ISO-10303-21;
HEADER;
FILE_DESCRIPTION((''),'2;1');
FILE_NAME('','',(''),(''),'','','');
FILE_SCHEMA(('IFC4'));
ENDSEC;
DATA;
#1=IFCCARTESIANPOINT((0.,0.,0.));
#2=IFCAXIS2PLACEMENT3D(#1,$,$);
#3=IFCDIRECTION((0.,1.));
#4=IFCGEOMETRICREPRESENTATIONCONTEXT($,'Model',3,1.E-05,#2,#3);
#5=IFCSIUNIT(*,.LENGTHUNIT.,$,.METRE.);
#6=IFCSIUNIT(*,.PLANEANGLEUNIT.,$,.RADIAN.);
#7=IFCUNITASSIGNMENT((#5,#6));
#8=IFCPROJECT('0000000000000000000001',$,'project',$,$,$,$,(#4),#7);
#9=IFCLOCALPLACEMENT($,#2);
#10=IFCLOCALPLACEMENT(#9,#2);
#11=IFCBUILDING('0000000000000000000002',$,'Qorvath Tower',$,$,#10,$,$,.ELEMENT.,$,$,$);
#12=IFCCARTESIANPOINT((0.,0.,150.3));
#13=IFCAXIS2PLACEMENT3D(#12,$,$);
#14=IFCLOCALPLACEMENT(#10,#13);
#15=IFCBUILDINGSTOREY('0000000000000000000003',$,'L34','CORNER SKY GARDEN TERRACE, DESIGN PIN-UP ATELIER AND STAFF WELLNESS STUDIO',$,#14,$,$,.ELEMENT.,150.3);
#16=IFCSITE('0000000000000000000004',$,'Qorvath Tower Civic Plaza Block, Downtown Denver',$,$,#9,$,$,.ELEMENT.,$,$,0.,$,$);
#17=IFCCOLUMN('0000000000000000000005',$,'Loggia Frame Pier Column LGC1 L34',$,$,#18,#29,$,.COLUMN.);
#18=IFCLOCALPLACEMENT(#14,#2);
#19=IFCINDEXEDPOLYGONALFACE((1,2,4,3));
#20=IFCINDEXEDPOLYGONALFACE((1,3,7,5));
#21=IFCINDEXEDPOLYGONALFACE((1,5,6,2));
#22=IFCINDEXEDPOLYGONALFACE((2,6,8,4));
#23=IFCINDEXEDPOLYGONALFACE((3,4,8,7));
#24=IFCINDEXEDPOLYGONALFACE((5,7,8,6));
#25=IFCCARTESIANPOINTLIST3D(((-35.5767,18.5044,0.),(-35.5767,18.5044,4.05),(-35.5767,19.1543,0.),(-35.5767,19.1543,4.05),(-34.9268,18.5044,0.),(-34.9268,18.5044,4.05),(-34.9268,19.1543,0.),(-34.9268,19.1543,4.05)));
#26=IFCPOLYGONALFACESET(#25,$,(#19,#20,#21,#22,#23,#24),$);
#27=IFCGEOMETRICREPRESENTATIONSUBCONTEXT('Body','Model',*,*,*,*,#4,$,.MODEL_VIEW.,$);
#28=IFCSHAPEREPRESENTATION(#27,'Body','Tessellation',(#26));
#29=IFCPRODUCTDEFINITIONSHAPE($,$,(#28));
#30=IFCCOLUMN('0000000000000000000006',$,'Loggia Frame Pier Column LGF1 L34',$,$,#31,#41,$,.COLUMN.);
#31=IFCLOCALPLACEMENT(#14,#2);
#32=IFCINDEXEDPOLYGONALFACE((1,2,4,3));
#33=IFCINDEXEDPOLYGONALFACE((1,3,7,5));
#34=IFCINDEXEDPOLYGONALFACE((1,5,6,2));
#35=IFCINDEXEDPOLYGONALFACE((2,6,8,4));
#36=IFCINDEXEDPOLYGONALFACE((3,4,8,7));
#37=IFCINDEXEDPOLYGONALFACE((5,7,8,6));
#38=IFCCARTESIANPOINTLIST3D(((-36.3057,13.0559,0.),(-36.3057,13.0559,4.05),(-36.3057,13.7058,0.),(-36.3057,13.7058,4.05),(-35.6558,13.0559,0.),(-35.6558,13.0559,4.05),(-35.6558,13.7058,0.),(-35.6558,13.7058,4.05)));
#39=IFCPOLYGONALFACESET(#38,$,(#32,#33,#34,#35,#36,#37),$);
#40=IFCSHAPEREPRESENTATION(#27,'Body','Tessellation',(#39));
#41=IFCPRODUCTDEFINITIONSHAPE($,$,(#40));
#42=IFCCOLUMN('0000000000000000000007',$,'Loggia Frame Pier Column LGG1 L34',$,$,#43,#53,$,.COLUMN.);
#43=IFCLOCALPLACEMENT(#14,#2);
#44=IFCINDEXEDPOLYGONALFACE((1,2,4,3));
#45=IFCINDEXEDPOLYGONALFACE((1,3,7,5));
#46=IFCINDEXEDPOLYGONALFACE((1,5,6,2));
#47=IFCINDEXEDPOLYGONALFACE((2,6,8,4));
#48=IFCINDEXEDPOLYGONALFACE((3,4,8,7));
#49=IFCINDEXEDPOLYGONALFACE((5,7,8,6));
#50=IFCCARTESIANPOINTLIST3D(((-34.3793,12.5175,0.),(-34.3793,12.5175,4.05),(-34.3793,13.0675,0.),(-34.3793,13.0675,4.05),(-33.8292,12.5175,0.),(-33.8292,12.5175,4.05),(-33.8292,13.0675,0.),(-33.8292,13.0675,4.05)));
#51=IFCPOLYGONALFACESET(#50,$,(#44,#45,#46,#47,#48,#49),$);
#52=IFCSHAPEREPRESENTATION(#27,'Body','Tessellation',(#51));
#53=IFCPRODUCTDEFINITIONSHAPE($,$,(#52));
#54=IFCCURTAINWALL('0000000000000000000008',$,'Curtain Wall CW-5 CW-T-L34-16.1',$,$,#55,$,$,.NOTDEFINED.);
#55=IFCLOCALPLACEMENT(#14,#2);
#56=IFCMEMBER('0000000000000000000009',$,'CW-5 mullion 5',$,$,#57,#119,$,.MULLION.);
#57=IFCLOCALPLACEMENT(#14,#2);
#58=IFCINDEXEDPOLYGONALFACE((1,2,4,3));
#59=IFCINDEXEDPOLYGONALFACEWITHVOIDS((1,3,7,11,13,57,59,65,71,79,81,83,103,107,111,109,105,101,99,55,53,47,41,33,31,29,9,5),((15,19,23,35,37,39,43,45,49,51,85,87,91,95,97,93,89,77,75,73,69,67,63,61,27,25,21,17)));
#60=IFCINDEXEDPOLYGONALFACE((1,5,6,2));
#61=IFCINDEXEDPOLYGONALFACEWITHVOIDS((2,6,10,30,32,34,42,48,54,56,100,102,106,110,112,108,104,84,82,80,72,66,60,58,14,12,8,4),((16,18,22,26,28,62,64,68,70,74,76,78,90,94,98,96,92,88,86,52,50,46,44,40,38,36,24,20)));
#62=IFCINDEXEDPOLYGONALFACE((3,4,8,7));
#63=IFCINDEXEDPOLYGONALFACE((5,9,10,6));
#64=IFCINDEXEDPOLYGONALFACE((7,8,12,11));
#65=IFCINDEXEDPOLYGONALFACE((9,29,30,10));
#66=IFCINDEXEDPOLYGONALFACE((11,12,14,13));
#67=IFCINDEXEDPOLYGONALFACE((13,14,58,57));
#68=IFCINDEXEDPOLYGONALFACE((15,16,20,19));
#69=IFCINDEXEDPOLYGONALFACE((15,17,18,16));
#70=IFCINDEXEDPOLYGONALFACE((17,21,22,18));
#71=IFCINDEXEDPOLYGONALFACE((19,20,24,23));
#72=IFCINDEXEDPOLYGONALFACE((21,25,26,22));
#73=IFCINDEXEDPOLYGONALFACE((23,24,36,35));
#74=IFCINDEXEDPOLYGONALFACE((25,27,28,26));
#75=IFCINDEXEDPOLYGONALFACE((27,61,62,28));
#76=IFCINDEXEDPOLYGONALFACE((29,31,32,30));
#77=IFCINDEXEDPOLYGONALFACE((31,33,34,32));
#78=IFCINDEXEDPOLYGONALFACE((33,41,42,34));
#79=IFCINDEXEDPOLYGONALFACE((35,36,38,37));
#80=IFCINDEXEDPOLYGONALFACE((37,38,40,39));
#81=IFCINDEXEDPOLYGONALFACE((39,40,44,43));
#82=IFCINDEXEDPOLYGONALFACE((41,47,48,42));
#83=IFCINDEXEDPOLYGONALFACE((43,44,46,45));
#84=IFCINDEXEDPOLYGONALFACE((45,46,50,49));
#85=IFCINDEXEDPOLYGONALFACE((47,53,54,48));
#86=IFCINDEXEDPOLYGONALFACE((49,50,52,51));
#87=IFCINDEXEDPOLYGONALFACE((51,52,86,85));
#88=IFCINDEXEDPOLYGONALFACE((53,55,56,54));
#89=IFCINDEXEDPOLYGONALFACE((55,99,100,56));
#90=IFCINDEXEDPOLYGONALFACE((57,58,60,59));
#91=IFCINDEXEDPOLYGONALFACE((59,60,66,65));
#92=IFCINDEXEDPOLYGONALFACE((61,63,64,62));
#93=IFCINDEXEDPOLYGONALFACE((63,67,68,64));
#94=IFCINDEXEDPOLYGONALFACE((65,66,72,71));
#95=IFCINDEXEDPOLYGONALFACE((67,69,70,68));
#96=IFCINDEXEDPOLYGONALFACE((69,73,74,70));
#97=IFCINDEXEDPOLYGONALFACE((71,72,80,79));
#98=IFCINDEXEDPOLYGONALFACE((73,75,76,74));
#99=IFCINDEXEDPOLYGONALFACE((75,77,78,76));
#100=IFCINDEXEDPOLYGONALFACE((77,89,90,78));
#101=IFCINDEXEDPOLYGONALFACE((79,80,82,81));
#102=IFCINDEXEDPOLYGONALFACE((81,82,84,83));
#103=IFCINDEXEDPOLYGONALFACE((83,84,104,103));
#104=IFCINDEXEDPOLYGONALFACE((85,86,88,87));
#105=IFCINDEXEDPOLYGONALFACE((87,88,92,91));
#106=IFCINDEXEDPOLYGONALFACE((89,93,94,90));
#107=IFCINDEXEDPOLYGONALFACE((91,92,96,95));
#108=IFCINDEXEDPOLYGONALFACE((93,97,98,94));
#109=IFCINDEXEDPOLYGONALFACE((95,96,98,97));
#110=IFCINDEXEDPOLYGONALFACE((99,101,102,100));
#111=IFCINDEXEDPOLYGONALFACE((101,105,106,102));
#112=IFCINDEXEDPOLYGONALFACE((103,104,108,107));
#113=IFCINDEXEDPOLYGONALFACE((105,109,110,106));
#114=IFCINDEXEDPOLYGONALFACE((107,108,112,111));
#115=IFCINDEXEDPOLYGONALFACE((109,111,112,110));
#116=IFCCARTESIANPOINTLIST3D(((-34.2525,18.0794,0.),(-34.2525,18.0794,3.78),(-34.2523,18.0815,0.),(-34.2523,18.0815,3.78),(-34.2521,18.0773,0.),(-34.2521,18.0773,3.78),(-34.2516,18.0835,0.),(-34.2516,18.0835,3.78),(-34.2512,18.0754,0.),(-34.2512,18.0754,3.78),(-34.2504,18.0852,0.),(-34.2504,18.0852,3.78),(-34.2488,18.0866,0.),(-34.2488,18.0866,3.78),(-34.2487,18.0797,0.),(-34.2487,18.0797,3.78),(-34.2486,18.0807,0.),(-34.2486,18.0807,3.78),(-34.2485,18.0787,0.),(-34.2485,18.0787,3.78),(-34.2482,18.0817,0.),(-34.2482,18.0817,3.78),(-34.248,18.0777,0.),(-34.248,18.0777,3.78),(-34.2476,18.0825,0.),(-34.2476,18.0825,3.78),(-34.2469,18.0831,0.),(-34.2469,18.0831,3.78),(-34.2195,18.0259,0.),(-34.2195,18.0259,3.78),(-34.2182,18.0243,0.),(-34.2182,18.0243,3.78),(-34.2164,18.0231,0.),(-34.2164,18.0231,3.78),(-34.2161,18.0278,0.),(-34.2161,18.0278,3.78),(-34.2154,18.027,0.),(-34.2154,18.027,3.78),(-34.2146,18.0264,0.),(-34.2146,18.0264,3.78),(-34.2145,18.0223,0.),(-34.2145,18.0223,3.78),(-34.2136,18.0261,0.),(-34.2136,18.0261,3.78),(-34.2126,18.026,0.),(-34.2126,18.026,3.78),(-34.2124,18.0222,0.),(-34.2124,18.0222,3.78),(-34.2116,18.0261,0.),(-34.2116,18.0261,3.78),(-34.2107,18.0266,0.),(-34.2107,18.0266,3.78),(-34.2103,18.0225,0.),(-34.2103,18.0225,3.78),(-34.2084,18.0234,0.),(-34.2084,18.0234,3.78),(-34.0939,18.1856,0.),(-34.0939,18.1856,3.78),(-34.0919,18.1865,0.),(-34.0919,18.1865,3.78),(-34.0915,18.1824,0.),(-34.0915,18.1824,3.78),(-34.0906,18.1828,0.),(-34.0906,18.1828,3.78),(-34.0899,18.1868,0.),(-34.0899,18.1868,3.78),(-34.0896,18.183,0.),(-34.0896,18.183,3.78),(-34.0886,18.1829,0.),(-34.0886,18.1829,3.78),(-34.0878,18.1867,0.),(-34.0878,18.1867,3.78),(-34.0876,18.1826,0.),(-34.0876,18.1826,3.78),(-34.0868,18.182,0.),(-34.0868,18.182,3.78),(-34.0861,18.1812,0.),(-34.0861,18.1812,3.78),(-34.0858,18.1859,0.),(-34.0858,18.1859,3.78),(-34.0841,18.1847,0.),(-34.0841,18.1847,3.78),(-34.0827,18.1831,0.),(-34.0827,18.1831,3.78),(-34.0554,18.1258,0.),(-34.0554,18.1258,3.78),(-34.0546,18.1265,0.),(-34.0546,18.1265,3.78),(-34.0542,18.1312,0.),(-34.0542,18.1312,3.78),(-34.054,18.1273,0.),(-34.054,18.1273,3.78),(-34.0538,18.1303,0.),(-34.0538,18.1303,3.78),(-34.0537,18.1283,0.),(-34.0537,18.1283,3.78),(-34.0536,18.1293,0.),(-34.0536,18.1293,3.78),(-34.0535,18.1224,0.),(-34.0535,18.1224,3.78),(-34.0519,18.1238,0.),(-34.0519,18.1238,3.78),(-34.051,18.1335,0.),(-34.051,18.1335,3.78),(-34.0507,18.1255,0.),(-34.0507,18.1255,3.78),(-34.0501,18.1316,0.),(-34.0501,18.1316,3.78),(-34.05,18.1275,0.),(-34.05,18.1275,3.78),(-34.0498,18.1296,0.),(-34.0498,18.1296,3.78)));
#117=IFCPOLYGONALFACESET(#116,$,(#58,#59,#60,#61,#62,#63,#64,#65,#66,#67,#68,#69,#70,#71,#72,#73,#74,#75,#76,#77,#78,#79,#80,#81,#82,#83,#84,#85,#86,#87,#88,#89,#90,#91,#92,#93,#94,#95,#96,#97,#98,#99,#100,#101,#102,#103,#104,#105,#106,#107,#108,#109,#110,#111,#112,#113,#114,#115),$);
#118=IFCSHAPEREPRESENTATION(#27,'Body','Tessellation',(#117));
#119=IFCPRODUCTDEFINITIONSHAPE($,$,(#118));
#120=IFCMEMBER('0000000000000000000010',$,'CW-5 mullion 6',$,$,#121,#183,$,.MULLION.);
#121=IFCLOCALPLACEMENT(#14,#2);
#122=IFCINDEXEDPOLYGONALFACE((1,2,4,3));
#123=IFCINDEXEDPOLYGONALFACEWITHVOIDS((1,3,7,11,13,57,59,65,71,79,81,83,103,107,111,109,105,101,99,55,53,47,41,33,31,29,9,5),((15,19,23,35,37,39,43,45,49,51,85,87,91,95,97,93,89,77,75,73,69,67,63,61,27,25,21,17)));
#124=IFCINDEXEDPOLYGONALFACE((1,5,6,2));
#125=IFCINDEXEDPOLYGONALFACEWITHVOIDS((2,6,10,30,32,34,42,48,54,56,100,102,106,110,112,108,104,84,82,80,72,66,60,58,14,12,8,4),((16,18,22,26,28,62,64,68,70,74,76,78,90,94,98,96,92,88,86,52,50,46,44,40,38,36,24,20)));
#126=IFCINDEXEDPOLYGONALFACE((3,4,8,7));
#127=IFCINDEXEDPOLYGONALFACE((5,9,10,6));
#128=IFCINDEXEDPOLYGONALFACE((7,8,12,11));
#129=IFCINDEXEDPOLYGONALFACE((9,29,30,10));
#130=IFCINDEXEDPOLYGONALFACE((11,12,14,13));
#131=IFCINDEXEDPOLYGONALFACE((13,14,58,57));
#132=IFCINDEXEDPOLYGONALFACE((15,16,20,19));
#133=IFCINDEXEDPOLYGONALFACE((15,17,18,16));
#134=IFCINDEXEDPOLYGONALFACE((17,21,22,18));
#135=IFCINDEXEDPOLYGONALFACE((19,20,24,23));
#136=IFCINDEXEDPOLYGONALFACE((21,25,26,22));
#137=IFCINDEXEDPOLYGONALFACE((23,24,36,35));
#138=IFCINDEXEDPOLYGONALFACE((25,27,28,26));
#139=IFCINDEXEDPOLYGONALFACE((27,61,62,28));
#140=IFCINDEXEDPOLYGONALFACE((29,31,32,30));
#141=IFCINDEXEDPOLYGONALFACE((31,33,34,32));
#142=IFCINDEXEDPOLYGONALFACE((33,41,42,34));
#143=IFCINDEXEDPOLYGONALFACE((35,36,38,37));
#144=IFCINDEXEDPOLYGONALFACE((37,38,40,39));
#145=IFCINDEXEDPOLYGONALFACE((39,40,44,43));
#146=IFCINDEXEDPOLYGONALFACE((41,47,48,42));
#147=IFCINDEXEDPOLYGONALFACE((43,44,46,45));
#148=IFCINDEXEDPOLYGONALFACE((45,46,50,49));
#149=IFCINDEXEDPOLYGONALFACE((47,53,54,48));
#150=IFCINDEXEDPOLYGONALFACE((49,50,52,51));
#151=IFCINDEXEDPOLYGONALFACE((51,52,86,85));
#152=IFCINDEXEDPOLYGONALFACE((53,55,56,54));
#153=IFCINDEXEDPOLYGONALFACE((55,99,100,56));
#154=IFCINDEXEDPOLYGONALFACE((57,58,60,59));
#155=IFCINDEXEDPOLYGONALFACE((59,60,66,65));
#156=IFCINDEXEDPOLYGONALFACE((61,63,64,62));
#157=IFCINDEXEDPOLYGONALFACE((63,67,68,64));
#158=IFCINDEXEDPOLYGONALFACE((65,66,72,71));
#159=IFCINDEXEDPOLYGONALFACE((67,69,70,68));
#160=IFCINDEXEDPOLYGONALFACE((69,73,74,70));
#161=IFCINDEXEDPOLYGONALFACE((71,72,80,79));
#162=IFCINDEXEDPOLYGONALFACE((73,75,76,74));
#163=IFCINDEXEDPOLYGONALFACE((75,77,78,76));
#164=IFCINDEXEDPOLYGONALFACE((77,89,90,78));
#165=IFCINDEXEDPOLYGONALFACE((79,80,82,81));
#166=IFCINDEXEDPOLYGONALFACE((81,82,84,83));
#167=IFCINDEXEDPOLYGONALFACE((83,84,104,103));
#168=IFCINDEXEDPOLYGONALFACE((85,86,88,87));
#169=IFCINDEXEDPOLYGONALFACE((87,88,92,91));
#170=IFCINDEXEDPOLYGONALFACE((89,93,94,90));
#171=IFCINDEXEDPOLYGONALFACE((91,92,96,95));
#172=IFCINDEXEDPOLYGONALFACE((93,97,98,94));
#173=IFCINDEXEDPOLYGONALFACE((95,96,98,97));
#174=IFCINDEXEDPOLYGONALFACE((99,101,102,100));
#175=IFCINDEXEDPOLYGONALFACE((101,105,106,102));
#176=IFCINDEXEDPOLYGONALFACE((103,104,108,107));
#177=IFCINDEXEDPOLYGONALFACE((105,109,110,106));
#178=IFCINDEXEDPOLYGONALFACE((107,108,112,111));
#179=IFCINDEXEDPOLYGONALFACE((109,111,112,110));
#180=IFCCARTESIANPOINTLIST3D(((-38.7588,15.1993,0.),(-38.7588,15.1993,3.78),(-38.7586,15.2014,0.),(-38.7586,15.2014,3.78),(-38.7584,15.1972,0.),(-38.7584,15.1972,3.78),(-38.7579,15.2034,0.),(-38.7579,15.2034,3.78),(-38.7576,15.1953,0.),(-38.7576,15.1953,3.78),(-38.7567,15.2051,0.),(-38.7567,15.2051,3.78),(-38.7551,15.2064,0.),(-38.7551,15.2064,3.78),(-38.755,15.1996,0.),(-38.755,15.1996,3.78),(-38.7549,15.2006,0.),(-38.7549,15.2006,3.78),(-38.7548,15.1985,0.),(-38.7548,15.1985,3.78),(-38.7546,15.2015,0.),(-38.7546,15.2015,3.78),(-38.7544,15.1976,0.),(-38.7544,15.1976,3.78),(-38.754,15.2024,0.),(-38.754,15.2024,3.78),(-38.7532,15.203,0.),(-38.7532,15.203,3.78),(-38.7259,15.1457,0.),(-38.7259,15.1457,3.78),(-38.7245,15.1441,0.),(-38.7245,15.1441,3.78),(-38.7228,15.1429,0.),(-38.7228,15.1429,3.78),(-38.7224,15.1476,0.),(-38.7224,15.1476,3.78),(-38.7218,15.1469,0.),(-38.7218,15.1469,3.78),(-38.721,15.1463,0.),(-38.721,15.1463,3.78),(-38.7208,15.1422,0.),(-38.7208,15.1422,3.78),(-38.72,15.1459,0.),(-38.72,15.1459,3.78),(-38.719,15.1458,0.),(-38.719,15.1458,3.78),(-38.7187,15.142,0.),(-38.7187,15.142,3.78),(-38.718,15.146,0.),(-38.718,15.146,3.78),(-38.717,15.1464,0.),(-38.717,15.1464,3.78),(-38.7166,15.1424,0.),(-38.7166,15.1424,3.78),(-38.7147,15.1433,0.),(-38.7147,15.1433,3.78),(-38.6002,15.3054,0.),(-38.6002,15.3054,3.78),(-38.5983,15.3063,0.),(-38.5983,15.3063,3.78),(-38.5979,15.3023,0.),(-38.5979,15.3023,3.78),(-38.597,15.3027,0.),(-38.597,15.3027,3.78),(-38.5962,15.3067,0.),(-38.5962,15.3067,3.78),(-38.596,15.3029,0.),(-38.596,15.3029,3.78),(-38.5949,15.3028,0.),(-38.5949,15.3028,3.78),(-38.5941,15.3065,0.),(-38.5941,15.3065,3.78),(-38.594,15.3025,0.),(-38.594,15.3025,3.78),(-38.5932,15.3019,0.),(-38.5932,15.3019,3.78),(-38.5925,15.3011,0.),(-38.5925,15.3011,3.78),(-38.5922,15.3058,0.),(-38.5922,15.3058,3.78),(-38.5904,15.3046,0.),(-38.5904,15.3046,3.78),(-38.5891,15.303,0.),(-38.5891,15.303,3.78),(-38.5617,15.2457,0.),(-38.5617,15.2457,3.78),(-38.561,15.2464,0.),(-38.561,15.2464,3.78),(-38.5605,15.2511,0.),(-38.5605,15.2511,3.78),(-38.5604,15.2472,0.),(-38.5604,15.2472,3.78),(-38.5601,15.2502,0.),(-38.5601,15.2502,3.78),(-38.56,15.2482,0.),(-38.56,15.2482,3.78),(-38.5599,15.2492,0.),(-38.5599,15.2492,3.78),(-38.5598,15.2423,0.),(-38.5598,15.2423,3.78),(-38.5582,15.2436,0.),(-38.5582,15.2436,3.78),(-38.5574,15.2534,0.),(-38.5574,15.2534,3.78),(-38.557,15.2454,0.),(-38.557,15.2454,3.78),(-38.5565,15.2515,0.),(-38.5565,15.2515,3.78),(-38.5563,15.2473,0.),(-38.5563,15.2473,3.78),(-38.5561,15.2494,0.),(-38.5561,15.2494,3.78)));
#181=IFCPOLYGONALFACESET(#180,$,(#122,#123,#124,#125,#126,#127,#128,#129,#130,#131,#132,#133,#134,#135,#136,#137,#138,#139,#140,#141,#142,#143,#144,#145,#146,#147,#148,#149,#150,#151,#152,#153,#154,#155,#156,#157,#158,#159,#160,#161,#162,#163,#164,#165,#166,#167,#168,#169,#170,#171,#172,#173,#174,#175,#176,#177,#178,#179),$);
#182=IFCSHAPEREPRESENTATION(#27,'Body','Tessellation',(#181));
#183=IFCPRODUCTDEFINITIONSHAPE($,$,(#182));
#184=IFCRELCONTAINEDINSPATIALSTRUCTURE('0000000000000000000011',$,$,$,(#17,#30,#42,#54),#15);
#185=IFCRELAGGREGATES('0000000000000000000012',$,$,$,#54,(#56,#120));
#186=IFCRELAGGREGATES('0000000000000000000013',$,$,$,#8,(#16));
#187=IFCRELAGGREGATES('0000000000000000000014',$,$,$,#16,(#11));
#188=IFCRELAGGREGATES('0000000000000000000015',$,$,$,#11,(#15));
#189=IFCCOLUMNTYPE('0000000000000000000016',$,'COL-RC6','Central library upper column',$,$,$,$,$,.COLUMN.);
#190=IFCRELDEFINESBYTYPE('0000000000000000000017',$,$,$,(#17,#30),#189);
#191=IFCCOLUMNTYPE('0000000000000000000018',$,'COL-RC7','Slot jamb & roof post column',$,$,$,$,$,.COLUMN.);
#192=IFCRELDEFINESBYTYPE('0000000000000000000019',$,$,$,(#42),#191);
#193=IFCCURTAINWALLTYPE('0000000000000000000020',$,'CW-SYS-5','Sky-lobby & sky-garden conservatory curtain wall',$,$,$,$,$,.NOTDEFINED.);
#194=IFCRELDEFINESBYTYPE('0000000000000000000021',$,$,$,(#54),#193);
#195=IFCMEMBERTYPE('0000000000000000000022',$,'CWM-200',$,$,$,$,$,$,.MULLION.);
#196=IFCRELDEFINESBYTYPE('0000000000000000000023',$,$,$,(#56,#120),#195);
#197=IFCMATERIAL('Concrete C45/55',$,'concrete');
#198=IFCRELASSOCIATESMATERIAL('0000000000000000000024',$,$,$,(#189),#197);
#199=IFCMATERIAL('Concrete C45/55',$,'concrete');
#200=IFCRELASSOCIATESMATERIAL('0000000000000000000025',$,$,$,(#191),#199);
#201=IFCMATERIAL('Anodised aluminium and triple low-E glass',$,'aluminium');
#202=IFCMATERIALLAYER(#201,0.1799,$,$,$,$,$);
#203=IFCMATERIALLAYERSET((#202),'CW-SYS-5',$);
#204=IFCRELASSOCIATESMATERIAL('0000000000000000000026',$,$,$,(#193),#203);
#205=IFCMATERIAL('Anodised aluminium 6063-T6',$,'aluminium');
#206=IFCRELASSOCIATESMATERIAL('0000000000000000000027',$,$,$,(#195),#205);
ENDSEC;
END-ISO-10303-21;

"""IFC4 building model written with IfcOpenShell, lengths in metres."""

from ifc_helpers import new_model, si_unit, direction, frame, origin, origin_2d, place, context, subcontext, project, spatial, rectangle, hollow_rectangle, extrude, material, layer, layer_set, material_profile, profile_set, type_object, element, aggregate, save


model = new_model("IFC4")

# Units and contexts
model_context = context("Model", 3, precision=1e-05, world=origin(), true_north=direction((0.0, 1.0)))
body_context = subcontext(model_context, "Body", "Model", "MODEL_VIEW")
ifc_project = project(units=[si_unit("LENGTHUNIT", "METRE"), si_unit("PLANEANGLEUNIT", "RADIAN")], contexts=[model_context])

# Site, building, storey
site_placement = place(None, origin())
site = spatial("IfcSite", under=ifc_project, at=site_placement, Name="Qorvath Tower Civic Plaza Block, Downtown Denver", CompositionType="ELEMENT", RefElevation=0.0)
building_placement = place(site_placement, origin())
building = spatial("IfcBuilding", under=site, at=building_placement, Name="Qorvath Tower", CompositionType="ELEMENT")
storey_placement = place(building_placement, frame((0.0, 0.0, 150.3)))
storey = spatial("IfcBuildingStorey", under=building, at=storey_placement, Name="L34", Description="CORNER SKY GARDEN TERRACE, DESIGN PIN-UP ATELIER AND STAFF WELLNESS STUDIO", CompositionType="ELEMENT", Elevation=150.3)

# Columns
ifc_material_1 = material(Name="Concrete C45/55", Category="concrete")
ifc_material_profile_1 = material_profile(ifc_material_1, rectangle(XDim=0.6499, YDim=0.6499, at=origin_2d()), Name="RC 650x650")
ifc_profile_set_1 = profile_set([ifc_material_profile_1], Name="Concrete C45/55")
column_type_1 = type_object("IfcColumnType", Name="COL-RC6", Description="Central library upper column", PredefinedType="COLUMN", material=ifc_profile_set_1)
for number, where, z_axis, x_axis, name in (
    (1, (-35.2517, 18.8293, 0.0), (0.0, 0.0, 1.0), (1.0, 0.0, 0.0), "Loggia Frame Pier Column LGC1 L34"),
    (2, (-35.9807, 13.3809, 0.0), (0.0, 0.0, 1.0), (1.0, 0.0, 0.0), "Loggia Frame Pier Column LGF1 L34"),
):
    element("IfcColumn", number, at=place(storey_placement, frame(where, z_axis=z_axis, x_axis=x_axis)), inside=storey, type_object=column_type_1, Name=name, PredefinedType="COLUMN", context=body_context, shape_type="SweptSolid", body=[
        extrude(rectangle(XDim=0.6499, YDim=0.6499, at=origin_2d()), origin(), (0.0, 0.0, 1.0), 4.05),
    ])
ifc_material_2 = material(Name="Concrete C45/55", Category="concrete")
ifc_material_profile_2 = material_profile(ifc_material_2, rectangle(XDim=0.55, YDim=0.55, at=origin_2d()), Name="RC 550x550")
ifc_profile_set_2 = profile_set([ifc_material_profile_2], Name="Concrete C45/55")
column_type_2 = type_object("IfcColumnType", Name="COL-RC7", Description="Slot jamb & roof post column", PredefinedType="COLUMN", material=ifc_profile_set_2)
column_placement = place(storey_placement, frame((-34.1042, 12.7925, 0.0), z_axis=(0.0, 0.0, 1.0), x_axis=(1.0, 0.0, 0.0)))
element("IfcColumn", 3, at=column_placement, inside=storey, type_object=column_type_2, Name="Loggia Frame Pier Column LGG1 L34", PredefinedType="COLUMN", context=body_context, shape_type="SweptSolid", body=[
    extrude(rectangle(XDim=0.55, YDim=0.55, at=origin_2d()), origin(), (0.0, 0.0, 1.0), 4.05),
])

# Curtain wall, members
ifc_material_3 = material(Name="Anodised aluminium and triple low-E glass", Category="aluminium")
ifc_layer_1 = layer(ifc_material_3, 0.1799)
ifc_layer_set_1 = layer_set([ifc_layer_1], Name="CW-SYS-5")
curtain_wall_type = type_object("IfcCurtainWallType", Name="CW-SYS-5", Description="Sky-lobby & sky-garden conservatory curtain wall", PredefinedType="NOTDEFINED", material=ifc_layer_set_1)
curtain_wall_placement = place(storey_placement, origin())
curtain_wall = element("IfcCurtainWall", 4, at=curtain_wall_placement, inside=storey, type_object=curtain_wall_type, Name="Curtain Wall CW-5 CW-T-L34-16.1", PredefinedType="NOTDEFINED")
ifc_material_4 = material(Name="Anodised aluminium 6063-T6", Category="aluminium")
ifc_material_profile_3 = material_profile(ifc_material_4, hollow_rectangle(XDim=0.075, YDim=0.2, WallThickness=0.0039, InnerFilletRadius=0.0039, OuterFilletRadius=0.0081, at=origin_2d()), Name="CWM 200x75")
ifc_profile_set_3 = profile_set([ifc_material_profile_3], Name="Anodised aluminium 6063-T6")
member_type_1 = type_object("IfcMemberType", Name="CWM-200", PredefinedType="MULLION", material=ifc_profile_set_3)
member_1_placement = place(storey_placement, frame((-34.1511, 18.1045, 0.0), z_axis=(0.0, 0.0, 1.0), x_axis=(0.538535, -0.842603, 0.0)))
member_1 = element("IfcMember", 5, at=member_1_placement, type_object=member_type_1, Name="CW-5 mullion 5", PredefinedType="MULLION", context=body_context, shape_type="SweptSolid", body=[
    extrude(hollow_rectangle(XDim=0.075, YDim=0.2, WallThickness=0.0039, InnerFilletRadius=0.0039, OuterFilletRadius=0.0081, at=origin_2d()), origin(), (0.0, 0.0, 1.0), 3.78),
])
member_2_placement = place(storey_placement, frame((-38.6575, 15.2244, 0.0), z_axis=(0.0, 0.0, 1.0), x_axis=(0.538535, -0.842603, 0.0)))
member_2 = element("IfcMember", 6, at=member_2_placement, type_object=member_type_1, Name="CW-5 mullion 6", PredefinedType="MULLION", context=body_context, shape_type="SweptSolid", body=[
    extrude(hollow_rectangle(XDim=0.075, YDim=0.2, WallThickness=0.0039, InnerFilletRadius=0.0039, OuterFilletRadius=0.0081, at=origin_2d()), origin(), (0.0, 0.0, 1.0), 3.78),
])
aggregate(curtain_wall, [member_1, member_2])

save(model, "model.ifc")
